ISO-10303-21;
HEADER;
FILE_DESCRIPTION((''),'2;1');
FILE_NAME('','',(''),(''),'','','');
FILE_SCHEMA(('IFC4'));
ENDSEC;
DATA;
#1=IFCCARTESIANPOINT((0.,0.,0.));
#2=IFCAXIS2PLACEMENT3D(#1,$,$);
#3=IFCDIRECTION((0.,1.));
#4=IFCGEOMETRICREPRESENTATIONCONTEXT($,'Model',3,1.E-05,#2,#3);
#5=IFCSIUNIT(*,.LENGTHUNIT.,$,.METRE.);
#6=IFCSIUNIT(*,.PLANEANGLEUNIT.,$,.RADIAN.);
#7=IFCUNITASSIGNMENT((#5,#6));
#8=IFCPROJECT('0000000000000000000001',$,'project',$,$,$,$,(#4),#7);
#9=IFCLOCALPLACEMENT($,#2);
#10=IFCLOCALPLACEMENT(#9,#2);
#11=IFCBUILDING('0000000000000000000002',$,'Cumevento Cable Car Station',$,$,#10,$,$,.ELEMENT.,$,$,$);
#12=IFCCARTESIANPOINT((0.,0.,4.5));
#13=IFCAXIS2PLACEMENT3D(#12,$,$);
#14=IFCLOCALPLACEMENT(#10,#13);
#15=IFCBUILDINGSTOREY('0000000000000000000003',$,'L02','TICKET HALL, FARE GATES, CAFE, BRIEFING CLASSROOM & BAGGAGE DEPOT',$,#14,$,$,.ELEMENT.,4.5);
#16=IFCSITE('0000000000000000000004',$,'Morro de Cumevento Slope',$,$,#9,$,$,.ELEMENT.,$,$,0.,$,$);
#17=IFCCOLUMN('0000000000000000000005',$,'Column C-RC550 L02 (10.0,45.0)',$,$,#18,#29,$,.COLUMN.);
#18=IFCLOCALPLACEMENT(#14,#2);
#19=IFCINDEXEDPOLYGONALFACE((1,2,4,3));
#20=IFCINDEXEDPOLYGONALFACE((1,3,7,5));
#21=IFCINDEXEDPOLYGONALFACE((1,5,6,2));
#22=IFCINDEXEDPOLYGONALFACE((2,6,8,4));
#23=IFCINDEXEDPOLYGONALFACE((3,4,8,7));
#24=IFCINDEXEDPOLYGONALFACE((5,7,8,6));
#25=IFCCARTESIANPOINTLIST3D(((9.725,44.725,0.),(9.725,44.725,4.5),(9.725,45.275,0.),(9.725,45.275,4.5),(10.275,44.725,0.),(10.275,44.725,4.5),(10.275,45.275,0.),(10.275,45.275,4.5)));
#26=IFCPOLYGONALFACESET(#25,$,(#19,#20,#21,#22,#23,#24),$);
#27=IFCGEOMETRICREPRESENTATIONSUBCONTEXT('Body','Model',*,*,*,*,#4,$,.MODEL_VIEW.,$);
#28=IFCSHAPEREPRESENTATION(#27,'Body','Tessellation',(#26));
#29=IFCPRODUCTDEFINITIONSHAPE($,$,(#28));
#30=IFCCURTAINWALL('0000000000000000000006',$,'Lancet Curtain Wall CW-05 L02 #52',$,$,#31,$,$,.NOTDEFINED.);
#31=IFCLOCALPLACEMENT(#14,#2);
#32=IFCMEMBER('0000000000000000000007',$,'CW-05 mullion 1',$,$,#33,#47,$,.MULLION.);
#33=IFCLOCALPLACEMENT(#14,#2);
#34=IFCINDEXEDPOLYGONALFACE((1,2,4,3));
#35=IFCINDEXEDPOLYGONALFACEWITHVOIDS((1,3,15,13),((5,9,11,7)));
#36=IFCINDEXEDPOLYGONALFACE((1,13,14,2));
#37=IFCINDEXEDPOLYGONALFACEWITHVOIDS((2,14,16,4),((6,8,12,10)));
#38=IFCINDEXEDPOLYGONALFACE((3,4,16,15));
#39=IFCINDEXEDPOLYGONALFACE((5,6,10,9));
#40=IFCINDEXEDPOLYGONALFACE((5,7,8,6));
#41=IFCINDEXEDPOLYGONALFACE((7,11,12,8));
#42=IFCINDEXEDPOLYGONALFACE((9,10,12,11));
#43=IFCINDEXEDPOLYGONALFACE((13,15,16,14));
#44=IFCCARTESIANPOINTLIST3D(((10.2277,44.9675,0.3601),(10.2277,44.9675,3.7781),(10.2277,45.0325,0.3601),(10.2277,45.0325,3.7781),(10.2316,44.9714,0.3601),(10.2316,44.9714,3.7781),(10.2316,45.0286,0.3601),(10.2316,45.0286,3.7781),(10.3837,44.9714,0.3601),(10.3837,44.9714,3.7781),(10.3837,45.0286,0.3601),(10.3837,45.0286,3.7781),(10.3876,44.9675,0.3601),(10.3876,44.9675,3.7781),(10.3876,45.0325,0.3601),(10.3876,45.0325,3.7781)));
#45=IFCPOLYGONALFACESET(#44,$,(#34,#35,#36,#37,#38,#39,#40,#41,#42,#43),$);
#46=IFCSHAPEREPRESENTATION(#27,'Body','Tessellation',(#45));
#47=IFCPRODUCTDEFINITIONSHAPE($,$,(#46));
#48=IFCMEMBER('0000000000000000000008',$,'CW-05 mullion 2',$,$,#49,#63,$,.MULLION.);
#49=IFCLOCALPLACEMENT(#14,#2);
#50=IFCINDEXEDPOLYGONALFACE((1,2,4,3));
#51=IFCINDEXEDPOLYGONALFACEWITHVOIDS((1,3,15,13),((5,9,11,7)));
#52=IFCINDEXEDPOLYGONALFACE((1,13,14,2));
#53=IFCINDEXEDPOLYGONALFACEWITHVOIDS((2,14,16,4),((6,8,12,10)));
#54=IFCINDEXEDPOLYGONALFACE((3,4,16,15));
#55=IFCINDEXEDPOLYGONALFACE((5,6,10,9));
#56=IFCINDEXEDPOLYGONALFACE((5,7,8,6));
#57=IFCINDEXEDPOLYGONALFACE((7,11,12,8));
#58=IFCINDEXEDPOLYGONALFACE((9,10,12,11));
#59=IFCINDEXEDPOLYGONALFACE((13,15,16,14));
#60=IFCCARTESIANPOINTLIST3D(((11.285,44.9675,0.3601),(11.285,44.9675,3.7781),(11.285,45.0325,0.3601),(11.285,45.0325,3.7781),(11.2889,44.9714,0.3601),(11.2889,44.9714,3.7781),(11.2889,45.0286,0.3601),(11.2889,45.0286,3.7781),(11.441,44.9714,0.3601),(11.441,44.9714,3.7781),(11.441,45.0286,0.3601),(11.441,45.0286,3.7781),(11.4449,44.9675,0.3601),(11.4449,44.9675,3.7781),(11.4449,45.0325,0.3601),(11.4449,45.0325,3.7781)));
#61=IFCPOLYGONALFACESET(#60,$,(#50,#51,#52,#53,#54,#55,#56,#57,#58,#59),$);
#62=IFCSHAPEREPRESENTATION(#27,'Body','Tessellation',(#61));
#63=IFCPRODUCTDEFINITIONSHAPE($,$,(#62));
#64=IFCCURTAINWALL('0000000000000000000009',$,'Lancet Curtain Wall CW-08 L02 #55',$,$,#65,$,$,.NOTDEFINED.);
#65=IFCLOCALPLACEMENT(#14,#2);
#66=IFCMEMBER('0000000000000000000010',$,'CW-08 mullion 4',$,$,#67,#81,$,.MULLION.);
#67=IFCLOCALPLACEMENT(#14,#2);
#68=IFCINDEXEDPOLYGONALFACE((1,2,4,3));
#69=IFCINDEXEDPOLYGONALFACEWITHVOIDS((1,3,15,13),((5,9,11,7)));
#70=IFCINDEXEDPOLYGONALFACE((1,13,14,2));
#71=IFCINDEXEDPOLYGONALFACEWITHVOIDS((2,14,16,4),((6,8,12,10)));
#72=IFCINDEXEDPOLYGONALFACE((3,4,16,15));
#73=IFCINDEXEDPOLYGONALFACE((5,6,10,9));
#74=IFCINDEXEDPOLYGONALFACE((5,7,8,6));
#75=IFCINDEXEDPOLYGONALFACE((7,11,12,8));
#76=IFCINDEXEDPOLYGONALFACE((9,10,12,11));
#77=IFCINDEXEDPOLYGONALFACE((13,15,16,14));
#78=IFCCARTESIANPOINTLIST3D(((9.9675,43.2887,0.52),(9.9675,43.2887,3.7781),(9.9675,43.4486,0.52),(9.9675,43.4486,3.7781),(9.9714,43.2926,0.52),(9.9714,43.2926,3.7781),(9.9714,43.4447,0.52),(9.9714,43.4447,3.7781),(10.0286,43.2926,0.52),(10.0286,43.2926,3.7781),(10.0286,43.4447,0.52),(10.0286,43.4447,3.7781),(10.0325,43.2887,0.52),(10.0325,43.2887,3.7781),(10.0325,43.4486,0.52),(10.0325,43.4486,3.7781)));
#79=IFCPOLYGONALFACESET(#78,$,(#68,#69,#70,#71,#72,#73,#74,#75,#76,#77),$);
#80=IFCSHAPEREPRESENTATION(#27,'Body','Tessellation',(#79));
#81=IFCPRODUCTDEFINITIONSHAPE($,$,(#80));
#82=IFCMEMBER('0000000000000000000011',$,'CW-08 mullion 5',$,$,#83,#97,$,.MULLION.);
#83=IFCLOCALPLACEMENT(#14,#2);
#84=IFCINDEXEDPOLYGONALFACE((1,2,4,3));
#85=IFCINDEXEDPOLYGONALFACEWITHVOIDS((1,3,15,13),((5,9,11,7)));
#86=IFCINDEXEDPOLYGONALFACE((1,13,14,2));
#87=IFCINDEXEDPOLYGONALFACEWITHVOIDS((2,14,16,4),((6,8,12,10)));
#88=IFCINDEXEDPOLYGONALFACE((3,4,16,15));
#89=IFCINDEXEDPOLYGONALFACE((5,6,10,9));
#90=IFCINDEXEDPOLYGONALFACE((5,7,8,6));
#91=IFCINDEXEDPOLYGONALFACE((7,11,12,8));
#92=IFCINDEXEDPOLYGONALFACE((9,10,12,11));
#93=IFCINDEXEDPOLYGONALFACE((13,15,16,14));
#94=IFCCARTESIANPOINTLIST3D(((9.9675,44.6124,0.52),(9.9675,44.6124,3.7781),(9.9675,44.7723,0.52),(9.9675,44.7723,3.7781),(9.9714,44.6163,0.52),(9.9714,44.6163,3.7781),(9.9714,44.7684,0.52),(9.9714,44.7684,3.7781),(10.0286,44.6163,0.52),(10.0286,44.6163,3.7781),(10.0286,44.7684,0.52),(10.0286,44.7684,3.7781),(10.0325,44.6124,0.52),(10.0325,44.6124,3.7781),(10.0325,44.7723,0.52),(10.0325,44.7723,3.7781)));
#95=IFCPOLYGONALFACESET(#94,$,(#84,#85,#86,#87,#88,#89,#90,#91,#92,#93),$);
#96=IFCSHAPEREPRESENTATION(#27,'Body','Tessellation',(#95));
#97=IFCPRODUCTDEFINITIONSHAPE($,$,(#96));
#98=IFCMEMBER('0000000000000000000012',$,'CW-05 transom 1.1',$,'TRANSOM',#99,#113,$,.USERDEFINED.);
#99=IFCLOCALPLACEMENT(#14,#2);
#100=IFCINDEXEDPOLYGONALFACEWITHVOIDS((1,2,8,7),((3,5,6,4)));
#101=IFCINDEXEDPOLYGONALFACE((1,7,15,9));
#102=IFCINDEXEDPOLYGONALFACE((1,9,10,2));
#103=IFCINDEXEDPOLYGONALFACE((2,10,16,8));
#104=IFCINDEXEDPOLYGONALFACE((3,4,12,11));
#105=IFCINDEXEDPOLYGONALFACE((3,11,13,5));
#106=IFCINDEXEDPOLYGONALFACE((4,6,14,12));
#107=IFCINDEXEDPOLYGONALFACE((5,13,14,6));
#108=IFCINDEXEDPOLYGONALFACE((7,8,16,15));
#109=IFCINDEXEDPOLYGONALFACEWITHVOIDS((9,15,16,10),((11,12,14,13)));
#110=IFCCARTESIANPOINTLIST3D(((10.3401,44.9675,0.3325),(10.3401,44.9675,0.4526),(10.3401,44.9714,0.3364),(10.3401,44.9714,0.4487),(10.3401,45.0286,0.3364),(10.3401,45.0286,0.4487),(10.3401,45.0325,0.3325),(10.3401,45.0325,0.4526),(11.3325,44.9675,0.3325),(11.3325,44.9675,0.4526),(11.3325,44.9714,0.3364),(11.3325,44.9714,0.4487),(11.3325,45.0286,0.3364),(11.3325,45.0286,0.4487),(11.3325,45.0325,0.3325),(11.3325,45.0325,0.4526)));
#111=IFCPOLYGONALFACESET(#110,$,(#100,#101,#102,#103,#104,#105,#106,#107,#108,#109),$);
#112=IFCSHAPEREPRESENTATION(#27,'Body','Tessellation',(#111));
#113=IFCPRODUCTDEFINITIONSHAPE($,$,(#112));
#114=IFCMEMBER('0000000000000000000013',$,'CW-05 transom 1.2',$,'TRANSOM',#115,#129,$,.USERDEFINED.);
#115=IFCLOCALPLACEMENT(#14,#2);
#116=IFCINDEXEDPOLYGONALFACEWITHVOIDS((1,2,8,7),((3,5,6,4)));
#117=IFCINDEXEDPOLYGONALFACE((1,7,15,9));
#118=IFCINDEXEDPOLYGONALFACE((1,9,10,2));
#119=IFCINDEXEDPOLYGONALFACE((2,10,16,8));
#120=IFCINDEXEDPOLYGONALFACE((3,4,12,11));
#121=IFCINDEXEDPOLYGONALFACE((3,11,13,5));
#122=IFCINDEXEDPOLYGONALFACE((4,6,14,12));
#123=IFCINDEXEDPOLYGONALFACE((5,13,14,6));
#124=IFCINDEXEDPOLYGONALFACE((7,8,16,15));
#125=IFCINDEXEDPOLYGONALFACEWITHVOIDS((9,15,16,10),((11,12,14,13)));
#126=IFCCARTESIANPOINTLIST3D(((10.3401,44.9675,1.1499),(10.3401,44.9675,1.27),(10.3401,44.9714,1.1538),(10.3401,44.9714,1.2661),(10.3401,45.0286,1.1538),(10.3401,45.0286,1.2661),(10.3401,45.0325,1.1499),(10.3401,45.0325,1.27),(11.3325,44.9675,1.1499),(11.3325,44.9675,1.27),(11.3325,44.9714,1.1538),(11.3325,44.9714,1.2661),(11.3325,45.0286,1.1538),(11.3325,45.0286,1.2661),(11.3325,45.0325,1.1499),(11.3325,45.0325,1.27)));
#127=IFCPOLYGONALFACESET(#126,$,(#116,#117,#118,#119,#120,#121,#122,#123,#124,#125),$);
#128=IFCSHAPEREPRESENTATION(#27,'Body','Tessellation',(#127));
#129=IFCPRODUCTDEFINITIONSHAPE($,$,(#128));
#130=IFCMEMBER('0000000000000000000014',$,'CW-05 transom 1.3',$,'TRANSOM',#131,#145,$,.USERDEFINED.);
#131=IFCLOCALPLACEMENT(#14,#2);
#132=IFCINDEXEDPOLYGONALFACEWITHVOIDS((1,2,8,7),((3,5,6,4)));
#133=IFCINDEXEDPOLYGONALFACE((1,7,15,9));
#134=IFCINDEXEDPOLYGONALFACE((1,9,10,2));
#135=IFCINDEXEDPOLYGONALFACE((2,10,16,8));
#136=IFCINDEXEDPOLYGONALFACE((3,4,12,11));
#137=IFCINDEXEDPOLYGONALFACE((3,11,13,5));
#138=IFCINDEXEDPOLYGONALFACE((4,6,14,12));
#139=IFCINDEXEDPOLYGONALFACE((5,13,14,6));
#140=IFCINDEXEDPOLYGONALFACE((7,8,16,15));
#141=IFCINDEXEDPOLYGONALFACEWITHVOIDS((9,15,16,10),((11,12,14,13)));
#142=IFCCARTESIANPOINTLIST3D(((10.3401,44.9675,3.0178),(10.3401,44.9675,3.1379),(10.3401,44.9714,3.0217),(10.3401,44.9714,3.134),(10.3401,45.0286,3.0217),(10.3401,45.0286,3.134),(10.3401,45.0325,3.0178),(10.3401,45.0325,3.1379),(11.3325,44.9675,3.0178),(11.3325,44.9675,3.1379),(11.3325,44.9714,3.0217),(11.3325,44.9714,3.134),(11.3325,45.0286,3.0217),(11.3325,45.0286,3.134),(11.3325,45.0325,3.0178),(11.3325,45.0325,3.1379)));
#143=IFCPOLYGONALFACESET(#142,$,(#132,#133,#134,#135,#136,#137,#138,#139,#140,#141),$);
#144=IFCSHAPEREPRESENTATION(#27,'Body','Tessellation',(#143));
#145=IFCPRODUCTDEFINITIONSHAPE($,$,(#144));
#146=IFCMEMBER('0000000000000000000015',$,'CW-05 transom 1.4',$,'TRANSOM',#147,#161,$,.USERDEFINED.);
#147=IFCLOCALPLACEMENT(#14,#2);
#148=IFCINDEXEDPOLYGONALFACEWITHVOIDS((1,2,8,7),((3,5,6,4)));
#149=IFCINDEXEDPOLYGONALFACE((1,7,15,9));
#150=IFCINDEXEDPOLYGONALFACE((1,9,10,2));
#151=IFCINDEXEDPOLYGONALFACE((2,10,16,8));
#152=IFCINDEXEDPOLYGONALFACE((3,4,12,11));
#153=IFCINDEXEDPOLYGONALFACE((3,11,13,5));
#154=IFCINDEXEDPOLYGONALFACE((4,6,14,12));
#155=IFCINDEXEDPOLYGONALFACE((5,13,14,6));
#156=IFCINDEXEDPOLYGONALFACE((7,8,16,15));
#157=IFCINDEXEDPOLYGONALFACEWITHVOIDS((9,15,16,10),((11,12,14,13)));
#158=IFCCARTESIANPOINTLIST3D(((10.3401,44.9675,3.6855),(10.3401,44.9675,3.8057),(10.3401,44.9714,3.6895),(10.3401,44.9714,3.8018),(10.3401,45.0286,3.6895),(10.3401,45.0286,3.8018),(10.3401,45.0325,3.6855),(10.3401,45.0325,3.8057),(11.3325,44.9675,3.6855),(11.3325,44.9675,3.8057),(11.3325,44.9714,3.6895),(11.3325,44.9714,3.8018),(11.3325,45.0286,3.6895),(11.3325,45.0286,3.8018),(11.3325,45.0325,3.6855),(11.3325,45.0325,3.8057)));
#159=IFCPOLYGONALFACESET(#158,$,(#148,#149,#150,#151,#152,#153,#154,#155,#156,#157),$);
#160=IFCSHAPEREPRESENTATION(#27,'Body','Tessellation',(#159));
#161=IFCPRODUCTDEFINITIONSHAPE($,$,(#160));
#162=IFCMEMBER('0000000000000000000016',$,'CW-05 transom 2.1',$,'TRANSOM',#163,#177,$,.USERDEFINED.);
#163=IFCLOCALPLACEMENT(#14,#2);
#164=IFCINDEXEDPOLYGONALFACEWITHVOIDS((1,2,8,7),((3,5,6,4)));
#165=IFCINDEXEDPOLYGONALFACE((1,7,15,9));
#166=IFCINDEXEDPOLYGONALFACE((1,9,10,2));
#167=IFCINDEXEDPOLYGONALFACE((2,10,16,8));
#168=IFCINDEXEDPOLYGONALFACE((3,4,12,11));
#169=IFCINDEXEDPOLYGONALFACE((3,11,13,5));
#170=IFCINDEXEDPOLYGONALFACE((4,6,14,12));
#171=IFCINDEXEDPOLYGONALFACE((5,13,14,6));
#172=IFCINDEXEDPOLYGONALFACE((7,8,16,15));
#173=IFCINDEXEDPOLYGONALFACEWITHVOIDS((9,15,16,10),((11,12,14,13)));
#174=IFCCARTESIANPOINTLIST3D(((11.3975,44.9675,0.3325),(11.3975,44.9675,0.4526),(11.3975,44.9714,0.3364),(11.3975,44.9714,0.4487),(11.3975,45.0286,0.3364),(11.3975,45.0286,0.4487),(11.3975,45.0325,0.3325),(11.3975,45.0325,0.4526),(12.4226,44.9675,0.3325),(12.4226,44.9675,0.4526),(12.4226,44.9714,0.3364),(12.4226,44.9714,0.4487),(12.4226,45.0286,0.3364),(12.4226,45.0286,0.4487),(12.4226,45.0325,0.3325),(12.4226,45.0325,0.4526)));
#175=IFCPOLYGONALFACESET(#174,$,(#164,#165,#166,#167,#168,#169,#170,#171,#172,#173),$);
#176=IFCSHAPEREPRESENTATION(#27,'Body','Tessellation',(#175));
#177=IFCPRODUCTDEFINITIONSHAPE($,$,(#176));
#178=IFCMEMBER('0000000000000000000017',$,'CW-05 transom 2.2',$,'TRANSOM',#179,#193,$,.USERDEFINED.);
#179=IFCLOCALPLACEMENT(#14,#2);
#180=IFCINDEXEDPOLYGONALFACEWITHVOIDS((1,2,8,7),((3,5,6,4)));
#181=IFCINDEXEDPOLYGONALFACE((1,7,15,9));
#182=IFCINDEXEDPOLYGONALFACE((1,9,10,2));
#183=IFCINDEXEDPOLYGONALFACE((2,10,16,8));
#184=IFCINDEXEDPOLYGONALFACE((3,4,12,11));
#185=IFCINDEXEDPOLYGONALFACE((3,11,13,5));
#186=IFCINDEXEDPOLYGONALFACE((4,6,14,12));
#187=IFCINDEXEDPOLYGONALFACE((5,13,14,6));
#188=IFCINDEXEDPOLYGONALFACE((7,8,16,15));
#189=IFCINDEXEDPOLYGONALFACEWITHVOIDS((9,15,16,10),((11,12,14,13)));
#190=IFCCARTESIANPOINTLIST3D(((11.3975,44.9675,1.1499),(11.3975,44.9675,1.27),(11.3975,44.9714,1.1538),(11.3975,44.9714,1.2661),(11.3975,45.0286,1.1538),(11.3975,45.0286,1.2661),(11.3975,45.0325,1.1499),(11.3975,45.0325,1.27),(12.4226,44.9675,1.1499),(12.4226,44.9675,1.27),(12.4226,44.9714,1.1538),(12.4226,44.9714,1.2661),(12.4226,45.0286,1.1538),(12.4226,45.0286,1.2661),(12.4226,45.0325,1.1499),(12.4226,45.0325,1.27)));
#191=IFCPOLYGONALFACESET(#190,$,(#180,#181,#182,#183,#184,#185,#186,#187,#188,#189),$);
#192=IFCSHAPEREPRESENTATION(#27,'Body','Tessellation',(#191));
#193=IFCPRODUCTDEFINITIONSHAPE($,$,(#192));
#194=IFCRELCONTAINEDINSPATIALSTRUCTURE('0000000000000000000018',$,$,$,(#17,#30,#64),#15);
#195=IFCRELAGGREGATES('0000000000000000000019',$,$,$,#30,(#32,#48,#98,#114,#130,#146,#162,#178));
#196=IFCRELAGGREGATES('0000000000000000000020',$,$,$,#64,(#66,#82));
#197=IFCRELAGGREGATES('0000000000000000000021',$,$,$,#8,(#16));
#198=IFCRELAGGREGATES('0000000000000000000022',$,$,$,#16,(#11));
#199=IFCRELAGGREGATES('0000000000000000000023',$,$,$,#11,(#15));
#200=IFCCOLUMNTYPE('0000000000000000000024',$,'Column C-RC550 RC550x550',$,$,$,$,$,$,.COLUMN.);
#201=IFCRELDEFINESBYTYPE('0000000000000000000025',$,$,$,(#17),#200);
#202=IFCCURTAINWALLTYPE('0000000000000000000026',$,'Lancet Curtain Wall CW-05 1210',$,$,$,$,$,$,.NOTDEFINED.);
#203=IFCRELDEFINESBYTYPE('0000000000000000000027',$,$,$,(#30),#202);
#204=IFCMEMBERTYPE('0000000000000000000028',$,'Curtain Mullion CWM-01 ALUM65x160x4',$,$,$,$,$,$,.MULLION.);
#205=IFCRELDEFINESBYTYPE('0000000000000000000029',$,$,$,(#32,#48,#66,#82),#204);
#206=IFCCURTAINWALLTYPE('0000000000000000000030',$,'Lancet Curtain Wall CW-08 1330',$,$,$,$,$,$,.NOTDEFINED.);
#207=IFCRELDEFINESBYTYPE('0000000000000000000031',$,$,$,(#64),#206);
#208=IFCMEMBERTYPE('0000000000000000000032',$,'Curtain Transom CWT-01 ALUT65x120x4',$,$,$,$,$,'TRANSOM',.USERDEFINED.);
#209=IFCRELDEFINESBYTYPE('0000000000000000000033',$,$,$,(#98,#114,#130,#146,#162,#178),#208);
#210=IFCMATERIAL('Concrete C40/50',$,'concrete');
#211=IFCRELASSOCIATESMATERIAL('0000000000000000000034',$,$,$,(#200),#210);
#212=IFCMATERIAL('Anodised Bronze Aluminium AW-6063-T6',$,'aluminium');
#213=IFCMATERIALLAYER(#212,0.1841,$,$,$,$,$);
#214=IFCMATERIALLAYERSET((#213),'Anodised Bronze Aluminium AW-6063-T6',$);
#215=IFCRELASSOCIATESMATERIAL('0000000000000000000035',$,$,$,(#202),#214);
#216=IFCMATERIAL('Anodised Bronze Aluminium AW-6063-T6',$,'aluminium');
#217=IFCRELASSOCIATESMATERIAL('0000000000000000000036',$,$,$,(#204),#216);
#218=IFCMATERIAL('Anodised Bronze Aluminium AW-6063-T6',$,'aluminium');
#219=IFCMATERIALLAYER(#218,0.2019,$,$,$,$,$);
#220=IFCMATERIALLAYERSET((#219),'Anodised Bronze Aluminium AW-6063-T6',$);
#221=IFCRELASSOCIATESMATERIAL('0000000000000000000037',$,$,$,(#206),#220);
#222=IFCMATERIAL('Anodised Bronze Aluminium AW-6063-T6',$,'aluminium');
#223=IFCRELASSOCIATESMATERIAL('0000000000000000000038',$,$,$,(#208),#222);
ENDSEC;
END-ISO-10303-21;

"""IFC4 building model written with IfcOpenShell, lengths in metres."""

from ifc_helpers import new_model, si_unit, direction, frame, origin, origin_2d, place, context, subcontext, project, spatial, rectangle, hollow_rectangle, extrude, material, layer, layer_set, material_profile, profile_set, type_object, element, aggregate, save


model = new_model("IFC4")

# Units and contexts
model_context = context("Model", 3, precision=1e-05, world=origin(), true_north=direction((0.0, 1.0)))
body_context = subcontext(model_context, "Body", "Model", "MODEL_VIEW")
ifc_project = project(units=[si_unit("LENGTHUNIT", "METRE"), si_unit("PLANEANGLEUNIT", "RADIAN")], contexts=[model_context])

# Site, building, storey
site_placement = place(None, origin())
site = spatial("IfcSite", under=ifc_project, at=site_placement, Name="Morro de Cumevento Slope", CompositionType="ELEMENT", RefElevation=0.0)
building_placement = place(site_placement, origin())
building = spatial("IfcBuilding", under=site, at=building_placement, Name="Cumevento Cable Car Station", CompositionType="ELEMENT")
storey_placement = place(building_placement, frame((0.0, 0.0, 4.5)))
storey = spatial("IfcBuildingStorey", under=building, at=storey_placement, Name="L02", Description="TICKET HALL, FARE GATES, CAFE, BRIEFING CLASSROOM & BAGGAGE DEPOT", CompositionType="ELEMENT", Elevation=4.5)

# Column
ifc_material_1 = material(Name="Concrete C40/50", Category="concrete")
ifc_material_profile_1 = material_profile(ifc_material_1, rectangle(XDim=0.55, YDim=0.55, at=origin_2d()), Name="RC550x550")
ifc_profile_set_1 = profile_set([ifc_material_profile_1], Name="Concrete C40/50")
column_type = type_object("IfcColumnType", Name="Column C-RC550 RC550x550", PredefinedType="COLUMN", material=ifc_profile_set_1)
column_placement = place(storey_placement, frame((10.0, 45.0, 0.0), z_axis=(0.0, 0.0, 1.0), x_axis=(1.0, 0.0, 0.0)))
element("IfcColumn", 1, at=column_placement, inside=storey, type_object=column_type, Name="Column C-RC550 L02 (10.0,45.0)", PredefinedType="COLUMN", context=body_context, shape_type="SweptSolid", body=[
    extrude(rectangle(XDim=0.55, YDim=0.55, at=origin_2d()), origin(), (0.0, 0.0, 1.0), 4.5),
])

# Curtain walls, members
ifc_material_2 = material(Name="Anodised Bronze Aluminium AW-6063-T6", Category="aluminium")
ifc_layer_1 = layer(ifc_material_2, 0.1841)
ifc_layer_set_1 = layer_set([ifc_layer_1], Name="Anodised Bronze Aluminium AW-6063-T6")
curtain_wall_type_1 = type_object("IfcCurtainWallType", Name="Lancet Curtain Wall CW-05 1210", PredefinedType="NOTDEFINED", material=ifc_layer_set_1)
curtain_wall_1_placement = place(storey_placement, origin())
curtain_wall_1 = element("IfcCurtainWall", 2, at=curtain_wall_1_placement, inside=storey, type_object=curtain_wall_type_1, Name="Lancet Curtain Wall CW-05 L02 #52", PredefinedType="NOTDEFINED")
ifc_material_3 = material(Name="Anodised Bronze Aluminium AW-6063-T6", Category="aluminium")
ifc_material_profile_2 = material_profile(ifc_material_3, hollow_rectangle(XDim=0.0649, YDim=0.1599, WallThickness=0.0039, at=origin_2d()), Name="ALUM65x160x4")
ifc_profile_set_2 = profile_set([ifc_material_profile_2], Name="Anodised Bronze Aluminium AW-6063-T6")
member_type_1 = type_object("IfcMemberType", Name="Curtain Mullion CWM-01 ALUM65x160x4", PredefinedType="MULLION", material=ifc_profile_set_2)
member_1_placement = place(storey_placement, frame((10.3076, 45.0, 0.3601), z_axis=(0.0, 0.0, 1.0), x_axis=(0.0, 1.0, 0.0)))
member_1 = element("IfcMember", 3, at=member_1_placement, type_object=member_type_1, Name="CW-05 mullion 1", PredefinedType="MULLION", context=body_context, shape_type="SweptSolid", body=[
    extrude(hollow_rectangle(XDim=0.0649, YDim=0.1599, WallThickness=0.0039, at=origin_2d()), origin(), (0.0, 0.0, 1.0), 3.418),
])
member_2_placement = place(storey_placement, frame((11.365, 45.0, 0.3601), z_axis=(0.0, 0.0, 1.0), x_axis=(0.0, 1.0, 0.0)))
member_2 = element("IfcMember", 4, at=member_2_placement, type_object=member_type_1, Name="CW-05 mullion 2", PredefinedType="MULLION", context=body_context, shape_type="SweptSolid", body=[
    extrude(hollow_rectangle(XDim=0.0649, YDim=0.1599, WallThickness=0.0039, at=origin_2d()), origin(), (0.0, 0.0, 1.0), 3.418),
])
ifc_material_4 = material(Name="Anodised Bronze Aluminium AW-6063-T6", Category="aluminium")
ifc_layer_2 = layer(ifc_material_4, 0.2019)
ifc_layer_set_2 = layer_set([ifc_layer_2], Name="Anodised Bronze Aluminium AW-6063-T6")
curtain_wall_type_2 = type_object("IfcCurtainWallType", Name="Lancet Curtain Wall CW-08 1330", PredefinedType="NOTDEFINED", material=ifc_layer_set_2)
curtain_wall_2_placement = place(storey_placement, origin())
curtain_wall_2 = element("IfcCurtainWall", 5, at=curtain_wall_2_placement, inside=storey, type_object=curtain_wall_type_2, Name="Lancet Curtain Wall CW-08 L02 #55", PredefinedType="NOTDEFINED")
member_3_placement = place(storey_placement, frame((10.0, 43.3687, 0.52), z_axis=(0.0, 0.0, 1.0), x_axis=(-1.0, 0.0, 0.0)))
member_3 = element("IfcMember", 6, at=member_3_placement, type_object=member_type_1, Name="CW-08 mullion 4", PredefinedType="MULLION", context=body_context, shape_type="SweptSolid", body=[
    extrude(hollow_rectangle(XDim=0.0649, YDim=0.1599, WallThickness=0.0039, at=origin_2d()), origin(), (0.0, 0.0, 1.0), 3.2581),
])
member_4_placement = place(storey_placement, frame((10.0, 44.6924, 0.52), z_axis=(0.0, 0.0, 1.0), x_axis=(-1.0, 0.0, 0.0)))
member_4 = element("IfcMember", 7, at=member_4_placement, type_object=member_type_1, Name="CW-08 mullion 5", PredefinedType="MULLION", context=body_context, shape_type="SweptSolid", body=[
    extrude(hollow_rectangle(XDim=0.0649, YDim=0.1599, WallThickness=0.0039, at=origin_2d()), origin(), (0.0, 0.0, 1.0), 3.2581),
])

# Members
ifc_material_5 = material(Name="Anodised Bronze Aluminium AW-6063-T6", Category="aluminium")
ifc_material_profile_3 = material_profile(ifc_material_5, hollow_rectangle(XDim=0.0649, YDim=0.1201, WallThickness=0.0039, at=origin_2d()), Name="ALUT65x120x4")
ifc_profile_set_3 = profile_set([ifc_material_profile_3], Name="Anodised Bronze Aluminium AW-6063-T6")
member_type_2 = type_object("IfcMemberType", Name="Curtain Transom CWT-01 ALUT65x120x4", ElementType="TRANSOM", PredefinedType="USERDEFINED", material=ifc_profile_set_3)
member_5_placement = place(storey_placement, frame((10.3401, 45.0, 0.3926), z_axis=(1.0, 0.0, 0.0), x_axis=(0.0, 1.0, 0.0)))
member_5 = element("IfcMember", 8, at=member_5_placement, type_object=member_type_2, Name="CW-05 transom 1.1", ObjectType="TRANSOM", PredefinedType="USERDEFINED", context=body_context, shape_type="SweptSolid", body=[
    extrude(hollow_rectangle(XDim=0.0649, YDim=0.1201, WallThickness=0.0039, at=origin_2d()), origin(), (0.0, 0.0, 1.0), 0.9924),
])
member_6_placement = place(storey_placement, frame((10.3401, 45.0, 1.21), z_axis=(1.0, 0.0, 0.0), x_axis=(0.0, 1.0, 0.0)))
member_6 = element("IfcMember", 9, at=member_6_placement, type_object=member_type_2, Name="CW-05 transom 1.2", ObjectType="TRANSOM", PredefinedType="USERDEFINED", context=body_context, shape_type="SweptSolid", body=[
    extrude(hollow_rectangle(XDim=0.0649, YDim=0.1201, WallThickness=0.0039, at=origin_2d()), origin(), (0.0, 0.0, 1.0), 0.9924),
])
member_7_placement = place(storey_placement, frame((10.3401, 45.0, 3.0779), z_axis=(1.0, 0.0, 0.0), x_axis=(0.0, 1.0, 0.0)))
member_7 = element("IfcMember", 10, at=member_7_placement, type_object=member_type_2, Name="CW-05 transom 1.3", ObjectType="TRANSOM", PredefinedType="USERDEFINED", context=body_context, shape_type="SweptSolid", body=[
    extrude(hollow_rectangle(XDim=0.0649, YDim=0.1201, WallThickness=0.0039, at=origin_2d()), origin(), (0.0, 0.0, 1.0), 0.9924),
])
member_8_placement = place(storey_placement, frame((10.3401, 45.0, 3.7456), z_axis=(1.0, 0.0, 0.0), x_axis=(0.0, 1.0, 0.0)))
member_8 = element("IfcMember", 11, at=member_8_placement, type_object=member_type_2, Name="CW-05 transom 1.4", ObjectType="TRANSOM", PredefinedType="USERDEFINED", context=body_context, shape_type="SweptSolid", body=[
    extrude(hollow_rectangle(XDim=0.0649, YDim=0.1201, WallThickness=0.0039, at=origin_2d()), origin(), (0.0, 0.0, 1.0), 0.9924),
])
member_9_placement = place(storey_placement, frame((11.3975, 45.0, 0.3926), z_axis=(1.0, 0.0, 0.0), x_axis=(0.0, 1.0, 0.0)))
member_9 = element("IfcMember", 12, at=member_9_placement, type_object=member_type_2, Name="CW-05 transom 2.1", ObjectType="TRANSOM", PredefinedType="USERDEFINED", context=body_context, shape_type="SweptSolid", body=[
    extrude(hollow_rectangle(XDim=0.0649, YDim=0.1201, WallThickness=0.0039, at=origin_2d()), origin(), (0.0, 0.0, 1.0), 1.0251),
])
member_10_placement = place(storey_placement, frame((11.3975, 45.0, 1.21), z_axis=(1.0, 0.0, 0.0), x_axis=(0.0, 1.0, 0.0)))
member_10 = element("IfcMember", 13, at=member_10_placement, type_object=member_type_2, Name="CW-05 transom 2.2", ObjectType="TRANSOM", PredefinedType="USERDEFINED", context=body_context, shape_type="SweptSolid", body=[
    extrude(hollow_rectangle(XDim=0.0649, YDim=0.1201, WallThickness=0.0039, at=origin_2d()), origin(), (0.0, 0.0, 1.0), 1.0251),
])

aggregate(curtain_wall_1, [member_1, member_2, member_5, member_6, member_7, member_8, member_9, member_10])
aggregate(curtain_wall_2, [member_3, member_4])

save(model, "model.ifc")
